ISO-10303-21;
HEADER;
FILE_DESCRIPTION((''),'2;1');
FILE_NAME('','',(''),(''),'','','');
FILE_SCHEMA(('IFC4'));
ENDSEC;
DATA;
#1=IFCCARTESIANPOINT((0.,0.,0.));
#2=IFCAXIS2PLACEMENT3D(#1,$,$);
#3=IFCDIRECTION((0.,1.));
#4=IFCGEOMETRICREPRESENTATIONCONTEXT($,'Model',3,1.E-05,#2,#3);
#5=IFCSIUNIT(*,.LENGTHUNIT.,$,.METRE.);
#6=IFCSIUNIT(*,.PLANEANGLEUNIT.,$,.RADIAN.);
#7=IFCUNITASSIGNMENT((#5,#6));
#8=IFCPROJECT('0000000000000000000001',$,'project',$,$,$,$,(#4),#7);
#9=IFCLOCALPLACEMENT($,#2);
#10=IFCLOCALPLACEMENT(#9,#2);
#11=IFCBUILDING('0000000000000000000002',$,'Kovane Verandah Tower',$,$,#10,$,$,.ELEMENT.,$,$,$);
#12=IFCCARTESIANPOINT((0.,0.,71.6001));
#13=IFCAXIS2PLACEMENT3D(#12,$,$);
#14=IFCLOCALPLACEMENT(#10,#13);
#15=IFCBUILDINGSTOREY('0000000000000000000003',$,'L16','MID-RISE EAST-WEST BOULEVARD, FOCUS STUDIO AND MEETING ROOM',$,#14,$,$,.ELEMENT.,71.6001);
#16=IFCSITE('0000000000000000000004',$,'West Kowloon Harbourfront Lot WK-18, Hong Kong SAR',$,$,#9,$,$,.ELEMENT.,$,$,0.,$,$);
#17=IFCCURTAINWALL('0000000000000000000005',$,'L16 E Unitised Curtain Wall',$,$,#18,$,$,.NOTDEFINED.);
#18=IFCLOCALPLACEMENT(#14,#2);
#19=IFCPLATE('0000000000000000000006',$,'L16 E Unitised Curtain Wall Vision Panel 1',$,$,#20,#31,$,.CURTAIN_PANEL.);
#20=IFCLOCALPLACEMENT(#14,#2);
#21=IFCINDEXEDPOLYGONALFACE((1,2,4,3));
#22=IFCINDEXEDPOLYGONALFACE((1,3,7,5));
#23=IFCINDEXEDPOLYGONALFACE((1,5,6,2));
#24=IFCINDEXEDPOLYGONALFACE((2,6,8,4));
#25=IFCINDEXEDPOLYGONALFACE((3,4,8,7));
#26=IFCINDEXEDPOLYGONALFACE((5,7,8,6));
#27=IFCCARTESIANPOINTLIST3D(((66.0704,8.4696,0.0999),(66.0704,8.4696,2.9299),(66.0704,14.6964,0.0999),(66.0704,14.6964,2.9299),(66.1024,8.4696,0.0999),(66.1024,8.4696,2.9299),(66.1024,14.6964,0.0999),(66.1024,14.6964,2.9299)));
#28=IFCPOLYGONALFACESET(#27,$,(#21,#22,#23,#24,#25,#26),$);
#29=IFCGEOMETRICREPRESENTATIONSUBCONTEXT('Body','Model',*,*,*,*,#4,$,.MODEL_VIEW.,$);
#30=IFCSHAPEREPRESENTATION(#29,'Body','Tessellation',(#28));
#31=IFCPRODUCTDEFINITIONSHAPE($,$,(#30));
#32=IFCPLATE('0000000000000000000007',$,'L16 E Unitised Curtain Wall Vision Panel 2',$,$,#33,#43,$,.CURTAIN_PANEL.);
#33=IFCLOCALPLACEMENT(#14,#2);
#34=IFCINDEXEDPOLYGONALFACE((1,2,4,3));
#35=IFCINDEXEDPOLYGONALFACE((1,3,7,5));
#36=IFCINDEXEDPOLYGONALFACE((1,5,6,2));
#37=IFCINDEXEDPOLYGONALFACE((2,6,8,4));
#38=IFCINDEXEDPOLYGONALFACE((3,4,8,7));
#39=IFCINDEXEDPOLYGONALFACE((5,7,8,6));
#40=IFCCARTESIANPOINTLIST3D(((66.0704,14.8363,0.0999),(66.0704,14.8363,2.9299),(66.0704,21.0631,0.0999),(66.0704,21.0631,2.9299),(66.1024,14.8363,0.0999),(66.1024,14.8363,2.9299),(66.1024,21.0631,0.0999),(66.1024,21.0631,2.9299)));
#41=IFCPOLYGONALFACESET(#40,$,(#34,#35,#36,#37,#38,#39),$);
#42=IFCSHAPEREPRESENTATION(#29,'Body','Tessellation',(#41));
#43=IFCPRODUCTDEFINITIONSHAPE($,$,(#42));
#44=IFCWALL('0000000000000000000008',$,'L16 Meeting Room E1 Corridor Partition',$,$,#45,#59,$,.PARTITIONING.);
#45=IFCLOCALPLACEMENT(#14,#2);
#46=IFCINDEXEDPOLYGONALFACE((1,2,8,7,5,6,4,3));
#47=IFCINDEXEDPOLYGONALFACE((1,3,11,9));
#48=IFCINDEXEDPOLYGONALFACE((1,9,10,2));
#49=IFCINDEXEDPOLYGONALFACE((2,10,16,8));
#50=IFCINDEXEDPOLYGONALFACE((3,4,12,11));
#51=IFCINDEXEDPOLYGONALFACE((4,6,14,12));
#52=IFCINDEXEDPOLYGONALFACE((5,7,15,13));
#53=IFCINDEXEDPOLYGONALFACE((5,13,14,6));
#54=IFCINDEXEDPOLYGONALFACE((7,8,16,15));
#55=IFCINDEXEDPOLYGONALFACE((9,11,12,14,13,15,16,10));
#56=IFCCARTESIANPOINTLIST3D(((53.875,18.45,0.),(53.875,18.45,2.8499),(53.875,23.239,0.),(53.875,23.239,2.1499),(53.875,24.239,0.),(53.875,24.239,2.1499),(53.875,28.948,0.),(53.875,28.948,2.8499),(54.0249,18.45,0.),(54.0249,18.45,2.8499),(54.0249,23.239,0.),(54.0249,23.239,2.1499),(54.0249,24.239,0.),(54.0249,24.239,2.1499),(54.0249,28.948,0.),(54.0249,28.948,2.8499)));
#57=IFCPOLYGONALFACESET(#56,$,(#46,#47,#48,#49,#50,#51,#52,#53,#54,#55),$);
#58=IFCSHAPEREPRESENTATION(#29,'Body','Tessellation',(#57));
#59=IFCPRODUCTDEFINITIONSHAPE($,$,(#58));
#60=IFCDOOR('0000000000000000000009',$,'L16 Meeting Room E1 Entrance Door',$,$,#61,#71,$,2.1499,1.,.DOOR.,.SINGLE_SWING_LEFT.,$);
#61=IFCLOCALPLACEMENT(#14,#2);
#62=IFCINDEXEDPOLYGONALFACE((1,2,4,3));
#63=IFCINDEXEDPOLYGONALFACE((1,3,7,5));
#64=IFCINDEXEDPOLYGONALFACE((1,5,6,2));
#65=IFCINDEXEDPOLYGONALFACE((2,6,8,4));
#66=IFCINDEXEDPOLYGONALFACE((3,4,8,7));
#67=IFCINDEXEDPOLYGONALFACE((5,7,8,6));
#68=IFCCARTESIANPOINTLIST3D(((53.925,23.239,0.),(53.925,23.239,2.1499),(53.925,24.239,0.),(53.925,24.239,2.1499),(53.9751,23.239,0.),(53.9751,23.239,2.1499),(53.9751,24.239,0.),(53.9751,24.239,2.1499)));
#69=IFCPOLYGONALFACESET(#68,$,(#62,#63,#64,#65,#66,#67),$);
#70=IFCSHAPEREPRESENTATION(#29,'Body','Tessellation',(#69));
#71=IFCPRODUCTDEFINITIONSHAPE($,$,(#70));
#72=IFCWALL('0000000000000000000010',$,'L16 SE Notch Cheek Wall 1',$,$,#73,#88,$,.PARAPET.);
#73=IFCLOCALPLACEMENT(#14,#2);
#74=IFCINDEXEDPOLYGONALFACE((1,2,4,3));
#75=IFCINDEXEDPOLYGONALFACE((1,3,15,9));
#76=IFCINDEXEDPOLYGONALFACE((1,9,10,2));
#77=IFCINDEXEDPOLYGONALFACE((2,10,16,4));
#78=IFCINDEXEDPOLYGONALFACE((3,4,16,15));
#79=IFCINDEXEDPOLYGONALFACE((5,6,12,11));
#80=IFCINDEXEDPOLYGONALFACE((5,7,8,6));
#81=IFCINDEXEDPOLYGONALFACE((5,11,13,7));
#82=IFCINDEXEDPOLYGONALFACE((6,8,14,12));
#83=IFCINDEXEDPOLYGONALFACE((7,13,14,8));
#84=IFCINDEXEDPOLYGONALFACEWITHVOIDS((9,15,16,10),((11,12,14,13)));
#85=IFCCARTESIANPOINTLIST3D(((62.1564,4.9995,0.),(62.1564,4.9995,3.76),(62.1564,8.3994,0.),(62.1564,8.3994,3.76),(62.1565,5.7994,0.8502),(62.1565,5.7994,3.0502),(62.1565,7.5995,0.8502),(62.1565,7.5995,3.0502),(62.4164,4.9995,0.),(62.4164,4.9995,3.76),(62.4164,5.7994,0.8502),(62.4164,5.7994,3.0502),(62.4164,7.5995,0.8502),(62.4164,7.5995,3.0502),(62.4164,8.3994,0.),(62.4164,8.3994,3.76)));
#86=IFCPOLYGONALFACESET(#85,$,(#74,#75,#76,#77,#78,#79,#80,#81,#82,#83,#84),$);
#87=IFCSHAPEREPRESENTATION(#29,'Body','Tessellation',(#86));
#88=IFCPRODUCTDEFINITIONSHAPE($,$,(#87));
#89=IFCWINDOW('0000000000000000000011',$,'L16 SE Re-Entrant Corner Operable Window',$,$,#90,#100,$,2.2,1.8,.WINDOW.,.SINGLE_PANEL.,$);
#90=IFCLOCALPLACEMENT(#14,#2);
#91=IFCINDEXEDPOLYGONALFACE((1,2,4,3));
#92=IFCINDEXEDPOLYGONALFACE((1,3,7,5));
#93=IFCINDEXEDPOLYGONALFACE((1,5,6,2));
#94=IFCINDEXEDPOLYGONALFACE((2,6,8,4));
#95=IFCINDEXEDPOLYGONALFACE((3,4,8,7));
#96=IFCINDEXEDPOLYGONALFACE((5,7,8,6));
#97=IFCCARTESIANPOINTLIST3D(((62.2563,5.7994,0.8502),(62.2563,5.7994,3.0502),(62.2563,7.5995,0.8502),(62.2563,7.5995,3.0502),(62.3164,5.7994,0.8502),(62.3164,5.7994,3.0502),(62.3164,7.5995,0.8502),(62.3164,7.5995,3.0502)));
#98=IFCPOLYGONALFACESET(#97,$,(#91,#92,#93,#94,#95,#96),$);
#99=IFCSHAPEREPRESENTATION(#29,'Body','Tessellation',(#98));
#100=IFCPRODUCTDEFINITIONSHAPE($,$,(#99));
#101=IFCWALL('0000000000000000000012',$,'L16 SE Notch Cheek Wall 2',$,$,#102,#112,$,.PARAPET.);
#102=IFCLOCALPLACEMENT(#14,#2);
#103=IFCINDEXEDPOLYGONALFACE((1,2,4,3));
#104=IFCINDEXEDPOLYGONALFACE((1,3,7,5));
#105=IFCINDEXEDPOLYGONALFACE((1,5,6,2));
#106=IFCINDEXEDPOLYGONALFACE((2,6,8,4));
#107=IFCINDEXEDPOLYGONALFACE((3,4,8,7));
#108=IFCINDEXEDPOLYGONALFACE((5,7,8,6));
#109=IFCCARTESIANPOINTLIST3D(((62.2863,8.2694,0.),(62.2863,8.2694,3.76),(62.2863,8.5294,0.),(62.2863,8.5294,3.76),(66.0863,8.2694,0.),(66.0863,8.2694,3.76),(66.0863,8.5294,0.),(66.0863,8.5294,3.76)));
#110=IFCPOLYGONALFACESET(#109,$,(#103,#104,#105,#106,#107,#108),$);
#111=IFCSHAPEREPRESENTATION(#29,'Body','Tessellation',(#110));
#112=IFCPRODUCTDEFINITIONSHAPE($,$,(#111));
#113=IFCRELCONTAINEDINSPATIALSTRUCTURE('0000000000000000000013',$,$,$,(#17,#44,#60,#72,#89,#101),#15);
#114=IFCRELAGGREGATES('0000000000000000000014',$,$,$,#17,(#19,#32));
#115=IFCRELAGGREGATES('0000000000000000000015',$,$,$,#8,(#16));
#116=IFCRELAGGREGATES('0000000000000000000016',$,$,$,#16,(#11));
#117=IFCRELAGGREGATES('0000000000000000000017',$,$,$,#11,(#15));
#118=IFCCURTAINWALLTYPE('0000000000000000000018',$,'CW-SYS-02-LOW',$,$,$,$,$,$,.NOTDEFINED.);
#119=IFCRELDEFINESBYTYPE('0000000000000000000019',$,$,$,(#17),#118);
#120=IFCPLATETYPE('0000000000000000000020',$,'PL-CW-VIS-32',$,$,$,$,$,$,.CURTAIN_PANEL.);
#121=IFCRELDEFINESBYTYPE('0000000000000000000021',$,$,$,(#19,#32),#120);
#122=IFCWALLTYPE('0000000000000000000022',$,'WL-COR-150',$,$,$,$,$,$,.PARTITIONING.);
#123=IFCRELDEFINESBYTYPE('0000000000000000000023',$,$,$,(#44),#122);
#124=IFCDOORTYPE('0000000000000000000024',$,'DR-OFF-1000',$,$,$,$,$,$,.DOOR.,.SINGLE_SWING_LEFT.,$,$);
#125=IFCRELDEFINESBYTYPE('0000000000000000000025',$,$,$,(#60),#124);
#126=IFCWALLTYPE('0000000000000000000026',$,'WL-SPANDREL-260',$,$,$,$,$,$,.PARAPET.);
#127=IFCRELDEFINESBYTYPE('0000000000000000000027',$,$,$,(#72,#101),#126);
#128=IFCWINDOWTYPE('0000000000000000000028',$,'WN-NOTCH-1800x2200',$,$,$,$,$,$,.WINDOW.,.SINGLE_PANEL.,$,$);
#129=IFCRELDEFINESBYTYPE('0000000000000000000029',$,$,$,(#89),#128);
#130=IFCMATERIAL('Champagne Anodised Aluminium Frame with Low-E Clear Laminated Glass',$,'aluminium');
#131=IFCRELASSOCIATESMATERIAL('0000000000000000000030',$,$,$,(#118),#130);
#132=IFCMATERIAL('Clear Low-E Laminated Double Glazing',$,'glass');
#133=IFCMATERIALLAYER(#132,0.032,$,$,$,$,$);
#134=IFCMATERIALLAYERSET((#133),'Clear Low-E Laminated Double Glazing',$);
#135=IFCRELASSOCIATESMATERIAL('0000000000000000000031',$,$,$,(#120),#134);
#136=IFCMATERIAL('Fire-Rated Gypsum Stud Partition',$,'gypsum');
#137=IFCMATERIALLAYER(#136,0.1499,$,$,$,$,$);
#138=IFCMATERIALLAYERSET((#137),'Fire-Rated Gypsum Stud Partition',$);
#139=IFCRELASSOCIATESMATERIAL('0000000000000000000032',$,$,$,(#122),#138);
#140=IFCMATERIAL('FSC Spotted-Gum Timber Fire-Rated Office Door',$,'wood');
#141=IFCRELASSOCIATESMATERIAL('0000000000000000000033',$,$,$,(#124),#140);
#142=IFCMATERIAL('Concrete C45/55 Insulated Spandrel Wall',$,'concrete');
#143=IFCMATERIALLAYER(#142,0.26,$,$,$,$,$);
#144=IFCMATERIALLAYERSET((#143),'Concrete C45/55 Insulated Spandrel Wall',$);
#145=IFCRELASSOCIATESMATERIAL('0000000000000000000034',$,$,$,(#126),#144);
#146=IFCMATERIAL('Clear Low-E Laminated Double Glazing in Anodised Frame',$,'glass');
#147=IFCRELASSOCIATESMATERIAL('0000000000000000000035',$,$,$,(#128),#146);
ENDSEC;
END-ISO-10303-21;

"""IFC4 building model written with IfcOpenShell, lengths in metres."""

from ifc_helpers import new_model, si_unit, direction, frame, frame_2d, origin, origin_2d, place, context, subcontext, project, spatial, rectangle, extrude, material, layer, layer_set, type_object, element, fill, aggregate, save


model = new_model("IFC4")

# Units and contexts
model_context = context("Model", 3, precision=1e-05, world=origin(), true_north=direction((0.0, 1.0)))
body_context = subcontext(model_context, "Body", "Model", "MODEL_VIEW")
ifc_project = project(units=[si_unit("LENGTHUNIT", "METRE"), si_unit("PLANEANGLEUNIT", "RADIAN")], contexts=[model_context])

# Site, building, storey
site_placement = place(None, origin())
site = spatial("IfcSite", under=ifc_project, at=site_placement, Name="West Kowloon Harbourfront Lot WK-18, Hong Kong SAR", CompositionType="ELEMENT", RefElevation=0.0)
building_placement = place(site_placement, origin())
building = spatial("IfcBuilding", under=site, at=building_placement, Name="Kovane Verandah Tower", CompositionType="ELEMENT")
storey_placement = place(building_placement, frame((0.0, 0.0, 71.6001)))
storey = spatial("IfcBuildingStorey", under=building, at=storey_placement, Name="L16", Description="MID-RISE EAST-WEST BOULEVARD, FOCUS STUDIO AND MEETING ROOM", CompositionType="ELEMENT", Elevation=71.6001)

# Curtain wall
ifc_material_1 = material(Name="Champagne Anodised Aluminium Frame with Low-E Clear Laminated Glass", Category="aluminium")
curtain_wall_type = type_object("IfcCurtainWallType", Name="CW-SYS-02-LOW", PredefinedType="NOTDEFINED", material=ifc_material_1)
curtain_wall_placement = place(storey_placement, origin())
curtain_wall = element("IfcCurtainWall", 1, at=curtain_wall_placement, inside=storey, type_object=curtain_wall_type, Name="L16 E Unitised Curtain Wall", PredefinedType="NOTDEFINED")

# Plates
ifc_material_2 = material(Name="Clear Low-E Laminated Double Glazing", Category="glass")
ifc_layer_1 = layer(ifc_material_2, 0.032)
ifc_layer_set_1 = layer_set([ifc_layer_1], Name="Clear Low-E Laminated Double Glazing")
plate_type_1 = type_object("IfcPlateType", Name="PL-CW-VIS-32", PredefinedType="CURTAIN_PANEL", material=ifc_layer_set_1)
plate_1_placement = place(storey_placement, frame((66.0864, 11.583, 0.0999), z_axis=(0.0, 0.0, 1.0), x_axis=(0.0, 1.0, 0.0)))
plate_1 = element("IfcPlate", 2, at=plate_1_placement, type_object=plate_type_1, Name="L16 E Unitised Curtain Wall Vision Panel 1", PredefinedType="CURTAIN_PANEL", context=body_context, shape_type="SweptSolid", body=[
    extrude(rectangle(XDim=6.2268, YDim=0.032, at=origin_2d()), origin(), (0.0, 0.0, 1.0), 2.8301),
])
plate_2_placement = place(storey_placement, frame((66.0864, 17.9497, 0.0999), z_axis=(0.0, 0.0, 1.0), x_axis=(0.0, 1.0, 0.0)))
plate_2 = element("IfcPlate", 3, at=plate_2_placement, type_object=plate_type_1, Name="L16 E Unitised Curtain Wall Vision Panel 2", PredefinedType="CURTAIN_PANEL", context=body_context, shape_type="SweptSolid", body=[
    extrude(rectangle(XDim=6.2268, YDim=0.032, at=origin_2d()), origin(), (0.0, 0.0, 1.0), 2.8301),
])
aggregate(curtain_wall, [plate_1, plate_2])

# Wall, opening, door
ifc_material_3 = material(Name="Fire-Rated Gypsum Stud Partition", Category="gypsum")
ifc_layer_2 = layer(ifc_material_3, 0.1499)
ifc_layer_set_2 = layer_set([ifc_layer_2], Name="Fire-Rated Gypsum Stud Partition")
wall_type_1 = type_object("IfcWallType", Name="WL-COR-150", PredefinedType="PARTITIONING", material=ifc_layer_set_2)
wall_1_placement = place(storey_placement, frame((53.95, 18.45, 0.0), z_axis=(0.0, 0.0, 1.0), x_axis=(0.0, 1.0, 0.0)))
wall_1 = element("IfcWall", 4, at=wall_1_placement, inside=storey, type_object=wall_type_1, Name="L16 Meeting Room E1 Corridor Partition", PredefinedType="PARTITIONING", context=body_context, shape_type="SweptSolid", body=[
    extrude(rectangle(XDim=10.498, YDim=0.1499, at=frame_2d((5.249, 0.0))), origin(), (0.0, 0.0, 1.0), 2.8499),
])
opening_1_placement = place(wall_1_placement, frame((4.7891, 0.0, 0.0)))
opening_1 = element("IfcOpeningElement", 5, at=opening_1_placement, cuts=wall_1, PredefinedType="OPENING", context=body_context, shape_type="SweptSolid", body=[
    extrude(rectangle(XDim=1.0, YDim=2.1499, at=frame_2d((0.5, 1.075))), frame((0.0, 0.075, 0.0), z_axis=(0.0, -1.0, 0.0), x_axis=(1.0, 0.0, 0.0)), (0.0, 0.0, 1.0), 0.1499),
])
ifc_material_4 = material(Name="FSC Spotted-Gum Timber Fire-Rated Office Door", Category="wood")
door_type = type_object("IfcDoorType", Name="DR-OFF-1000", OperationType="SINGLE_SWING_LEFT", PredefinedType="DOOR", material=ifc_material_4)
door_placement = place(opening_1_placement, origin())
door = element("IfcDoor", 6, at=door_placement, inside=storey, type_object=door_type, Name="L16 Meeting Room E1 Entrance Door", OperationType="SINGLE_SWING_LEFT", OverallHeight=2.1499, OverallWidth=1.0, PredefinedType="DOOR", context=body_context, shape_type="SweptSolid", body=[
    extrude(rectangle(XDim=1.0, YDim=2.1499, at=frame_2d((0.5, 1.075))), frame((0.0, 0.0249, 0.0), z_axis=(0.0, -1.0, 0.0), x_axis=(1.0, 0.0, 0.0)), (0.0, 0.0, 1.0), 0.05),
])
fill(opening_1, door)

# Wall, opening, window
ifc_material_5 = material(Name="Concrete C45/55 Insulated Spandrel Wall", Category="concrete")
ifc_layer_3 = layer(ifc_material_5, 0.26)
ifc_layer_set_3 = layer_set([ifc_layer_3], Name="Concrete C45/55 Insulated Spandrel Wall")
wall_type_2 = type_object("IfcWallType", Name="WL-SPANDREL-260", PredefinedType="PARAPET", material=ifc_layer_set_3)
wall_2_placement = place(storey_placement, frame((62.2864, 4.9995, 0.0), z_axis=(0.0, 0.0, 1.0), x_axis=(0.0, 1.0, 0.0)))
wall_2 = element("IfcWall", 7, at=wall_2_placement, inside=storey, type_object=wall_type_2, Name="L16 SE Notch Cheek Wall 1", PredefinedType="PARAPET", context=body_context, shape_type="SweptSolid", body=[
    extrude(rectangle(XDim=3.3999, YDim=0.26, at=frame_2d((1.7, 0.0))), origin(), (0.0, 0.0, 1.0), 3.76),
])
opening_2_placement = place(wall_2_placement, frame((0.8, 0.0, 0.8501)))
opening_2 = element("IfcOpeningElement", 8, at=opening_2_placement, cuts=wall_2, PredefinedType="OPENING", context=body_context, shape_type="SweptSolid", body=[
    extrude(rectangle(XDim=1.8, YDim=2.2, at=frame_2d((0.8999, 1.1001))), frame((0.0, 0.1299, 0.0), z_axis=(0.0, -1.0, 0.0), x_axis=(1.0, 0.0, 0.0)), (0.0, 0.0, 1.0), 0.26),
])
ifc_material_6 = material(Name="Clear Low-E Laminated Double Glazing in Anodised Frame", Category="glass")
window_type = type_object("IfcWindowType", Name="WN-NOTCH-1800x2200", PartitioningType="SINGLE_PANEL", PredefinedType="WINDOW", material=ifc_material_6)
window_placement = place(opening_2_placement, origin())
window = element("IfcWindow", 9, at=window_placement, inside=storey, type_object=window_type, Name="L16 SE Re-Entrant Corner Operable Window", OverallHeight=2.2, OverallWidth=1.8, PartitioningType="SINGLE_PANEL", PredefinedType="WINDOW", context=body_context, shape_type="SweptSolid", body=[
    extrude(rectangle(XDim=1.8, YDim=2.2, at=frame_2d((0.8999, 1.1001))), frame((0.0, 0.03, 0.0), z_axis=(0.0, -1.0, 0.0), x_axis=(1.0, 0.0, 0.0)), (0.0, 0.0, 1.0), 0.0601),
])
fill(opening_2, window)

# Wall
wall_3_placement = place(storey_placement, frame((62.2864, 8.3994, 0.0), z_axis=(0.0, 0.0, 1.0), x_axis=(1.0, 0.0, 0.0)))
element("IfcWall", 10, at=wall_3_placement, inside=storey, type_object=wall_type_2, Name="L16 SE Notch Cheek Wall 2", PredefinedType="PARAPET", context=body_context, shape_type="SweptSolid", body=[
    extrude(rectangle(XDim=3.8, YDim=0.26, at=frame_2d((1.8999, 0.0))), origin(), (0.0, 0.0, 1.0), 3.76),
])

save(model, "model.ifc")
